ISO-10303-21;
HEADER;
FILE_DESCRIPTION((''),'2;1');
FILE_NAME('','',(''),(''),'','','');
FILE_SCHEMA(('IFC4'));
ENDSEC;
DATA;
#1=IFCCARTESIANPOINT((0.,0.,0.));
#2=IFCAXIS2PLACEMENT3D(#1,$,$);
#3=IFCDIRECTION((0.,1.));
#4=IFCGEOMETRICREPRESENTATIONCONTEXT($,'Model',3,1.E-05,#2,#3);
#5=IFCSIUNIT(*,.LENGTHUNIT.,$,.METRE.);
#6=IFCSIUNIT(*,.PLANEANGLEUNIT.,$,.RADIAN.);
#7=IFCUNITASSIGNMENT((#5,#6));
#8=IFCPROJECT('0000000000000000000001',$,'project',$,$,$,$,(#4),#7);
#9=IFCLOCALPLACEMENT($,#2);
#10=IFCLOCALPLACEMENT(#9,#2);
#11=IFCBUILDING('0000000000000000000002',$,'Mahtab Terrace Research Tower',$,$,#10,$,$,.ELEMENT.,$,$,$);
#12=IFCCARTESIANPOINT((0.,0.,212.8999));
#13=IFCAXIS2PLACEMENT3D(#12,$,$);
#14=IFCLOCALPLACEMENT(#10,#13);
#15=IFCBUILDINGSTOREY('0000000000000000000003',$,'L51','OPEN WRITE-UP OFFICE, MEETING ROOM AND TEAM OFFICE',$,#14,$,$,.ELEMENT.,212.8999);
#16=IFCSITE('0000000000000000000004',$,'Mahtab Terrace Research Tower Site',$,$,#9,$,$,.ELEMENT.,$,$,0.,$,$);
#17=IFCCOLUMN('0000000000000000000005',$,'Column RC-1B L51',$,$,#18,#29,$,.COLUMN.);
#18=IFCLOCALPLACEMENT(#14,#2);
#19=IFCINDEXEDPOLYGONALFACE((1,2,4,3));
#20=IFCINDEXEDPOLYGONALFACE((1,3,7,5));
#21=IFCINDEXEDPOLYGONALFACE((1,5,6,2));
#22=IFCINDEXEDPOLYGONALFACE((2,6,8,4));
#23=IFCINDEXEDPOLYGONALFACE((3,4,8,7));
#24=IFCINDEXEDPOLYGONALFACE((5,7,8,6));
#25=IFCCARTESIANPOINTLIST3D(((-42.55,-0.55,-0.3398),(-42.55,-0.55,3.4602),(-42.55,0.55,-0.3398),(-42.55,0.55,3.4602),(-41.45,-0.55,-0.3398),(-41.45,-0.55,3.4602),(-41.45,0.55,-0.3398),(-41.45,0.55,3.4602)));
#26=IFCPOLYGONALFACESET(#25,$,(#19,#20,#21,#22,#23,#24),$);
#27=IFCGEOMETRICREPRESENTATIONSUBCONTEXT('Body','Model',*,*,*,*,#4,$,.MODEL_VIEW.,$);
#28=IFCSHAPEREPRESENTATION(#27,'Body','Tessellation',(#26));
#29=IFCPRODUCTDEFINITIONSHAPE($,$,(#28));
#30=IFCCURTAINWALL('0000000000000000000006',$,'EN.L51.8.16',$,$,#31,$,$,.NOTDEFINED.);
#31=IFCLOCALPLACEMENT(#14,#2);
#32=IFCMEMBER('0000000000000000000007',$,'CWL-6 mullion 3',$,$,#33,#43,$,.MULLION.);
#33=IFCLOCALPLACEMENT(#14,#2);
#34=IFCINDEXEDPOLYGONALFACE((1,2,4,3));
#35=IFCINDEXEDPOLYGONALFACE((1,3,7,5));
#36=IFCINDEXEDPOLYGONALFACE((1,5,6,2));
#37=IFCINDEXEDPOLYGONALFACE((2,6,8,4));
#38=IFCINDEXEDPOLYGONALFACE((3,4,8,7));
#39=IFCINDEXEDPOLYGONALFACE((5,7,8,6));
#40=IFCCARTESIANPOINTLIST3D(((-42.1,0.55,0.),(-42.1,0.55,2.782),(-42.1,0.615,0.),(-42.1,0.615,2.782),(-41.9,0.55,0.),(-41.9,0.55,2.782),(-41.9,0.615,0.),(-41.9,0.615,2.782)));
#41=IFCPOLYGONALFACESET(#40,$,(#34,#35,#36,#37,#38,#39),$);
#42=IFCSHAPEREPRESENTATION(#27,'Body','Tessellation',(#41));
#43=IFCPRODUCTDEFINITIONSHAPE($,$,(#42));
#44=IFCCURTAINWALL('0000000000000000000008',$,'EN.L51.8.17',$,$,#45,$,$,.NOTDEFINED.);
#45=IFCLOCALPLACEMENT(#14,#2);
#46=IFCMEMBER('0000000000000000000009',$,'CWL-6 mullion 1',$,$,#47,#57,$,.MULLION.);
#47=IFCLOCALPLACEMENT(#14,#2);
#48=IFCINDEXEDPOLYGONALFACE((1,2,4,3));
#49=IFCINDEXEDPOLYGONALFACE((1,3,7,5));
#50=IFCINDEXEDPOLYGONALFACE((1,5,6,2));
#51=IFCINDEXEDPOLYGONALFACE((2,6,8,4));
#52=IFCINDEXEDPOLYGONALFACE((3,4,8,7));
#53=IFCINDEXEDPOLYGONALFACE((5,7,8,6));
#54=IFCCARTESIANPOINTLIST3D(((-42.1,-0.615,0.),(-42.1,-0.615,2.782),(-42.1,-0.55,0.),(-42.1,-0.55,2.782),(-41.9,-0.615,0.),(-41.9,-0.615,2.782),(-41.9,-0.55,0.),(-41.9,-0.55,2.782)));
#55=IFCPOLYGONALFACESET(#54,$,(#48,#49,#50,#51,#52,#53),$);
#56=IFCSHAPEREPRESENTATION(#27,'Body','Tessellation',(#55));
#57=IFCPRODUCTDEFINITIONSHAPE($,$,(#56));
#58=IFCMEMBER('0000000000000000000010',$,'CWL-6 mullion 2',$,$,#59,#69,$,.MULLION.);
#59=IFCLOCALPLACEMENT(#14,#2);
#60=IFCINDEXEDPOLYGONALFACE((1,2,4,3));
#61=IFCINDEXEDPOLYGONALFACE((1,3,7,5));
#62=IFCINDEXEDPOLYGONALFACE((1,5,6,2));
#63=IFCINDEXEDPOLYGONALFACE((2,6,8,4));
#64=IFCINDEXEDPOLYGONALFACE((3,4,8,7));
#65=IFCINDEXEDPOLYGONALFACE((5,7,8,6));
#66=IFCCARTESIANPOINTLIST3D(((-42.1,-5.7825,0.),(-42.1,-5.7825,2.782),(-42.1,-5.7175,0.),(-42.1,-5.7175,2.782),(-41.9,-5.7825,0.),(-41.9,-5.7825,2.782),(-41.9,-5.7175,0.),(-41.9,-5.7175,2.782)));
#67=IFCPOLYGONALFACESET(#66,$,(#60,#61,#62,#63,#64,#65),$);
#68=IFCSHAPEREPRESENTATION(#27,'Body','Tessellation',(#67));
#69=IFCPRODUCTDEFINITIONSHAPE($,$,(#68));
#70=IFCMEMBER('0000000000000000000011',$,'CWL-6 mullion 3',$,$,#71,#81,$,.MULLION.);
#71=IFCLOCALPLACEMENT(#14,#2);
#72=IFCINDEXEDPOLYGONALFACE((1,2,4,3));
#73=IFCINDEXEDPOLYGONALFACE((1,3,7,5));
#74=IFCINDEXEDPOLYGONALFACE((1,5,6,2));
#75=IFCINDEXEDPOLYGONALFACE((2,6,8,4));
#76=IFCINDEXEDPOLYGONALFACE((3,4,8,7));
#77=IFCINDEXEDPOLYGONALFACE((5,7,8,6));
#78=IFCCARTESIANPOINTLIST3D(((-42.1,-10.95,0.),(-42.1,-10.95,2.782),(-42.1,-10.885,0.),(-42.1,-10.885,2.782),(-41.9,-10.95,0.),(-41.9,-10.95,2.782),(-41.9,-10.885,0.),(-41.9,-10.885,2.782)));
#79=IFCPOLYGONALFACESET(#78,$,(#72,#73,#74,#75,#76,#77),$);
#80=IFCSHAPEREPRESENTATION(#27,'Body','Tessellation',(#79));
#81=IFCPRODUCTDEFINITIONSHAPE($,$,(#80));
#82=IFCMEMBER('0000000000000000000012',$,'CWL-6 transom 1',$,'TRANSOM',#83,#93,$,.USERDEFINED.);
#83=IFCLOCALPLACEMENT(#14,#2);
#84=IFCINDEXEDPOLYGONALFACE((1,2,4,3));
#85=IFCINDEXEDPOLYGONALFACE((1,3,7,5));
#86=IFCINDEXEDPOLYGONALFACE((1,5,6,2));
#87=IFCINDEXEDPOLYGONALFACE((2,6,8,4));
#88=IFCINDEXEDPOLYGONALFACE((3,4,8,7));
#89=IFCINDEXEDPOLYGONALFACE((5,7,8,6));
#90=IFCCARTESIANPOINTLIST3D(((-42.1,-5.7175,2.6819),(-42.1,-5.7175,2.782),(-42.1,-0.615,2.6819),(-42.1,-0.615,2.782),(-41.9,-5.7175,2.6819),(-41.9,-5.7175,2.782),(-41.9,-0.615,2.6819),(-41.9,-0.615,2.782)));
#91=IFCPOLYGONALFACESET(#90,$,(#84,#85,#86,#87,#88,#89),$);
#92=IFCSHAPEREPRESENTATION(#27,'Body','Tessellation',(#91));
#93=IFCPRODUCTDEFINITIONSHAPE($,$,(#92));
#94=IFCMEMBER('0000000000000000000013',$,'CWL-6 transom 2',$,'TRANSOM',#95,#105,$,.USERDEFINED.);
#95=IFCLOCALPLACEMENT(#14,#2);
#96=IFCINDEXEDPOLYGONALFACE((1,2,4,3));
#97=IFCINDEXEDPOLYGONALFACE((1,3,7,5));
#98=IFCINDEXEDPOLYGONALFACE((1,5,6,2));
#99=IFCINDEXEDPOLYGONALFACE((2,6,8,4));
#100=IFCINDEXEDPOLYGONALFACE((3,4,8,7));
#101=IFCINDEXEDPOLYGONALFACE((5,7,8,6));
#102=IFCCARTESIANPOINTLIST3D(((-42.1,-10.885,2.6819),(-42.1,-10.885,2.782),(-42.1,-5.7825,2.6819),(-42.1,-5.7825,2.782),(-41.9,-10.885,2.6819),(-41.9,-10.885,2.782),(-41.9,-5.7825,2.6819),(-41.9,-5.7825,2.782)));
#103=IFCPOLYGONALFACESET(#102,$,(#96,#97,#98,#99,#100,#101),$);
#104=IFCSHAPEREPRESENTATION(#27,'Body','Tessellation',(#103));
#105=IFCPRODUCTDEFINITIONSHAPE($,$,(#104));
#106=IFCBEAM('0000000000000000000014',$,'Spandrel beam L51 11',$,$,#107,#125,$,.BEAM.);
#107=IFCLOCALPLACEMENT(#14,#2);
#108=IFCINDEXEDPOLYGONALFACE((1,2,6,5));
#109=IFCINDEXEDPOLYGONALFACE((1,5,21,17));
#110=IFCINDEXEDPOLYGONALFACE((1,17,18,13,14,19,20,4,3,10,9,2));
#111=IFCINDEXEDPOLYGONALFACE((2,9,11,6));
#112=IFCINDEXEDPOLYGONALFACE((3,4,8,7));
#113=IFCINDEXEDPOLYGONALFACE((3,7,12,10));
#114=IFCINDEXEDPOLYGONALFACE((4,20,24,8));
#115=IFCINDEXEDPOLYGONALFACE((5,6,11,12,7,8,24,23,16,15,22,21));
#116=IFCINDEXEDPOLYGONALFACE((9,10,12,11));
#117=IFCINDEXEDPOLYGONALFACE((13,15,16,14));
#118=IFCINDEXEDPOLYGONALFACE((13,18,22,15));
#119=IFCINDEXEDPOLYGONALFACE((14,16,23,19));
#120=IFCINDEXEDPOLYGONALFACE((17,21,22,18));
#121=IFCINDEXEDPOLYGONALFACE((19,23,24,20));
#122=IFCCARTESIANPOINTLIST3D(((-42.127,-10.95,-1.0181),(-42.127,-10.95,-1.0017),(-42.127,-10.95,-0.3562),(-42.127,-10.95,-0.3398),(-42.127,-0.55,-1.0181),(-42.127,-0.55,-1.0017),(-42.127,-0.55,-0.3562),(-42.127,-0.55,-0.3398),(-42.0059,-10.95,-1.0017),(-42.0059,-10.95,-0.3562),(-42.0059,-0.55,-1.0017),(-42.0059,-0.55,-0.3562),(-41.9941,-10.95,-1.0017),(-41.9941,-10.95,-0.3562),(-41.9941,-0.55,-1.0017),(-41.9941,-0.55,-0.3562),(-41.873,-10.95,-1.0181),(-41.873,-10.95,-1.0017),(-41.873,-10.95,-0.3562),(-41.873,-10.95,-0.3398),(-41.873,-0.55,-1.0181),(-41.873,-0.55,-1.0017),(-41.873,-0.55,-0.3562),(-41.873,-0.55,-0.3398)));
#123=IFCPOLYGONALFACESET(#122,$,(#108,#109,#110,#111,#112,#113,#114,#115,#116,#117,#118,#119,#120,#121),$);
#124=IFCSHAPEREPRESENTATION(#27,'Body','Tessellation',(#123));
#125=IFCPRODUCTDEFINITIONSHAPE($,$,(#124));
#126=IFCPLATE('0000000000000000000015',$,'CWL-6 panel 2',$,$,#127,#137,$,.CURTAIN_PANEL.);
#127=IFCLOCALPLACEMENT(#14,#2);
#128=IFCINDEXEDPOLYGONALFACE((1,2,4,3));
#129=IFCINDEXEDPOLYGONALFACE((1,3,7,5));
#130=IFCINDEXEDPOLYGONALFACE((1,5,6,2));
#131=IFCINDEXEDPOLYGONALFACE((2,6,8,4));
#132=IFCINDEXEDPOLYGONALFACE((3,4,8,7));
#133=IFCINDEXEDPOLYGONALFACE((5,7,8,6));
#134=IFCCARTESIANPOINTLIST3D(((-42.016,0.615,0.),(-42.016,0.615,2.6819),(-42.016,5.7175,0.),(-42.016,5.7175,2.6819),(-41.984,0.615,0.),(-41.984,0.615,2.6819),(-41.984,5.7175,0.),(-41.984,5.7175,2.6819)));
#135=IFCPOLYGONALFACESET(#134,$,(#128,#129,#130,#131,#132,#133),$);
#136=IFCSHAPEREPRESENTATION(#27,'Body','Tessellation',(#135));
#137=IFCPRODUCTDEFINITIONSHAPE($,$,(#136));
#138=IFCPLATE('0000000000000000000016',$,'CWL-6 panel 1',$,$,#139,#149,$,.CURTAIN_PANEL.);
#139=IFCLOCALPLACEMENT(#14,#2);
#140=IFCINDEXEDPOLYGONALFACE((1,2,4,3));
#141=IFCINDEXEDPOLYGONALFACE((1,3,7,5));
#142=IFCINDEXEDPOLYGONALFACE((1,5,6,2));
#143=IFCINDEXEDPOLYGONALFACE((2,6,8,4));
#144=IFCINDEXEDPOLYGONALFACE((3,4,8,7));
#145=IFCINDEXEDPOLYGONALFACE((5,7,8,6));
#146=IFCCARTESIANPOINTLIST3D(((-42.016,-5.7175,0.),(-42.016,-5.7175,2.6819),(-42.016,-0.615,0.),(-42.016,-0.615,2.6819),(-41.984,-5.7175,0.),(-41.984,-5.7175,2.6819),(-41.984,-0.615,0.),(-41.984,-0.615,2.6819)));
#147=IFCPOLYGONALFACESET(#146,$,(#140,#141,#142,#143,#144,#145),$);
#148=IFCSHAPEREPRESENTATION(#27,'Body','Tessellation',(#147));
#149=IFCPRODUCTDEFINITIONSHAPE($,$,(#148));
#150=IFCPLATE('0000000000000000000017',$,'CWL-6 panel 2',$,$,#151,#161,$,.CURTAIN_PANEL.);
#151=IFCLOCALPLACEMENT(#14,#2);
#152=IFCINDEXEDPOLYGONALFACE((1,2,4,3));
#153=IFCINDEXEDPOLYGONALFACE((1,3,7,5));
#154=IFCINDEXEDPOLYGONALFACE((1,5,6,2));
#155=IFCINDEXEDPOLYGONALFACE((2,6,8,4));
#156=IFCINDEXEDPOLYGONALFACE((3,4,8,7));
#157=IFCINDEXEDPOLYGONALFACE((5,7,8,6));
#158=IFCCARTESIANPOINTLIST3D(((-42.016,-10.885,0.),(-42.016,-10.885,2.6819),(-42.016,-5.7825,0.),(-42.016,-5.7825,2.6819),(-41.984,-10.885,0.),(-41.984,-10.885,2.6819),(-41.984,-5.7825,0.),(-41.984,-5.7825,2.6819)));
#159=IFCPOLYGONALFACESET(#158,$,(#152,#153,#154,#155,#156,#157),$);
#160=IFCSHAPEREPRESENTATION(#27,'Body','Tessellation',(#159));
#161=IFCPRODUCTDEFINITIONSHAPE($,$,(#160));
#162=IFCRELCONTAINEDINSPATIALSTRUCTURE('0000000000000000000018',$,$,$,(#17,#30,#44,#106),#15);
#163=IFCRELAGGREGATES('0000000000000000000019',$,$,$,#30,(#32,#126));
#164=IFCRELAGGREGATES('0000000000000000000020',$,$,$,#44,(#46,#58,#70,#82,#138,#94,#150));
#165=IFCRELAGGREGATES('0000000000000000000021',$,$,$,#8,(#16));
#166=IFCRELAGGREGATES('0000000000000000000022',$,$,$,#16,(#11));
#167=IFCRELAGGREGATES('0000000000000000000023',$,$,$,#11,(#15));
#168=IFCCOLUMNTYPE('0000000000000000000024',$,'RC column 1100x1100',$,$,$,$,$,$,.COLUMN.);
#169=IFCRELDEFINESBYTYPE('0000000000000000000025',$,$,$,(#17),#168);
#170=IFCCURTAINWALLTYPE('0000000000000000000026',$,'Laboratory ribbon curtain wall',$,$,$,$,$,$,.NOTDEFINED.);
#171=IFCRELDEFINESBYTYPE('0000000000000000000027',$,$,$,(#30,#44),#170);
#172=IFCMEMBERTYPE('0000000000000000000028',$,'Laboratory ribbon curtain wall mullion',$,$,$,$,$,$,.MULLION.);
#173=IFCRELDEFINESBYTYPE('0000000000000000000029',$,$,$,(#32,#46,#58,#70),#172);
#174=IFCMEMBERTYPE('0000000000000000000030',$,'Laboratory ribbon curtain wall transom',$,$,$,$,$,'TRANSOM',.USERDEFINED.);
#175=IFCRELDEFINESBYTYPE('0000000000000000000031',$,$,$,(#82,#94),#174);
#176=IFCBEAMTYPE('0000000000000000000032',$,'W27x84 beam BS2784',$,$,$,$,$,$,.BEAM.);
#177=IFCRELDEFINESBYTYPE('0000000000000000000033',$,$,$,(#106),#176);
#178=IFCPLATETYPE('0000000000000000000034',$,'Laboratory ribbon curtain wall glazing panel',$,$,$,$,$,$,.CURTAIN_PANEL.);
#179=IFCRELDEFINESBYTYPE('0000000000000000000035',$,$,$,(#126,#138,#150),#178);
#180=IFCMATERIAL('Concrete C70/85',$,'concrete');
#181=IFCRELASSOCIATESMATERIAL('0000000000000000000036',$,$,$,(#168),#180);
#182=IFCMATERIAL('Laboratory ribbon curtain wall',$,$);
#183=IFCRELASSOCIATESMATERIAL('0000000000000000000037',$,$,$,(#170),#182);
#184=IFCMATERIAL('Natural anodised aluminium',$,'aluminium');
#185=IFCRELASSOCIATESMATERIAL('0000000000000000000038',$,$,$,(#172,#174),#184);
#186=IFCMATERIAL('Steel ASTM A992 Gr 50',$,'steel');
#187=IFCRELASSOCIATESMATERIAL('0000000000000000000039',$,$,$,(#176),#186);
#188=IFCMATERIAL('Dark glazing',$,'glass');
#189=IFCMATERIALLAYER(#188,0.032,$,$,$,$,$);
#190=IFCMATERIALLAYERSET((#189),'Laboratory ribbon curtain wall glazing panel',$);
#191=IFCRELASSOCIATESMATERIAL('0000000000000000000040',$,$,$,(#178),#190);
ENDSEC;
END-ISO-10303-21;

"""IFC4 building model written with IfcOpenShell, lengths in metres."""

from ifc_helpers import new_model, si_unit, direction, frame, origin, origin_2d, place, context, subcontext, project, spatial, rectangle, i_section, extrude, material, layer, layer_set, material_profile, profile_set, type_object, element, aggregate, save


model = new_model("IFC4")

# Units and contexts
model_context = context("Model", 3, precision=1e-05, world=origin(), true_north=direction((0.0, 1.0)))
body_context = subcontext(model_context, "Body", "Model", "MODEL_VIEW")
ifc_project = project(units=[si_unit("LENGTHUNIT", "METRE"), si_unit("PLANEANGLEUNIT", "RADIAN")], contexts=[model_context])

# Site, building, storey
site_placement = place(None, origin())
site = spatial("IfcSite", under=ifc_project, at=site_placement, Name="Mahtab Terrace Research Tower Site", CompositionType="ELEMENT", RefElevation=0.0)
building_placement = place(site_placement, origin())
building = spatial("IfcBuilding", under=site, at=building_placement, Name="Mahtab Terrace Research Tower", CompositionType="ELEMENT")
storey_placement = place(building_placement, frame((0.0, 0.0, 212.8999)))
storey = spatial("IfcBuildingStorey", under=building, at=storey_placement, Name="L51", Description="OPEN WRITE-UP OFFICE, MEETING ROOM AND TEAM OFFICE", CompositionType="ELEMENT", Elevation=212.8999)

# Column
ifc_material_1 = material(Name="Concrete C70/85", Category="concrete")
ifc_material_profile_1 = material_profile(ifc_material_1, rectangle(XDim=1.1001, YDim=1.1001, at=origin_2d()), Name="RC column 1100x1100")
ifc_profile_set_1 = profile_set([ifc_material_profile_1], Name="Concrete C70/85")
column_type = type_object("IfcColumnType", Name="RC column 1100x1100", PredefinedType="COLUMN", material=ifc_profile_set_1)
column_placement = place(storey_placement, frame((-42.0, 0.0, -0.3398), z_axis=(0.0, 0.0, 1.0), x_axis=(1.0, 0.0, 0.0)))
element("IfcColumn", 1, at=column_placement, inside=storey, type_object=column_type, Name="Column RC-1B L51", PredefinedType="COLUMN", context=body_context, shape_type="SweptSolid", body=[
    extrude(rectangle(XDim=1.1001, YDim=1.1001, at=origin_2d()), origin(), (0.0, 0.0, 1.0), 3.8),
])

# Curtain wall, member
ifc_material_2 = material(Name="Laboratory ribbon curtain wall")
curtain_wall_type = type_object("IfcCurtainWallType", Name="Laboratory ribbon curtain wall", PredefinedType="NOTDEFINED", material=ifc_material_2)
curtain_wall_1_placement = place(storey_placement, origin())
curtain_wall_1 = element("IfcCurtainWall", 2, at=curtain_wall_1_placement, inside=storey, type_object=curtain_wall_type, Name="EN.L51.8.16", PredefinedType="NOTDEFINED")
ifc_material_3 = material(Name="Natural anodised aluminium", Category="aluminium")
ifc_material_profile_2 = material_profile(ifc_material_3, rectangle(XDim=0.2, YDim=0.0649, at=origin_2d()), Name="MULLION 65x200")
ifc_profile_set_2 = profile_set([ifc_material_profile_2], Name="Natural anodised aluminium")
member_type_1 = type_object("IfcMemberType", Name="Laboratory ribbon curtain wall mullion", PredefinedType="MULLION", material=ifc_profile_set_2)
member_1_placement = place(storey_placement, frame((-42.0, 0.5825, 0.0), z_axis=(0.0, 0.0, 1.0), x_axis=(1.0, 0.0, 0.0)))
member_1 = element("IfcMember", 3, at=member_1_placement, type_object=member_type_1, Name="CWL-6 mullion 3", PredefinedType="MULLION", context=body_context, shape_type="SweptSolid", body=[
    extrude(rectangle(XDim=0.2, YDim=0.0649, at=origin_2d()), origin(), (0.0, 0.0, 1.0), 2.782),
])

# Curtain wall, members
curtain_wall_2_placement = place(storey_placement, origin())
curtain_wall_2 = element("IfcCurtainWall", 4, at=curtain_wall_2_placement, inside=storey, type_object=curtain_wall_type, Name="EN.L51.8.17", PredefinedType="NOTDEFINED")
member_2_placement = place(storey_placement, frame((-42.0, -0.5825, 0.0), z_axis=(0.0, 0.0, 1.0), x_axis=(1.0, 0.0, 0.0)))
member_2 = element("IfcMember", 5, at=member_2_placement, type_object=member_type_1, Name="CWL-6 mullion 1", PredefinedType="MULLION", context=body_context, shape_type="SweptSolid", body=[
    extrude(rectangle(XDim=0.2, YDim=0.0649, at=origin_2d()), origin(), (0.0, 0.0, 1.0), 2.782),
])
member_3_placement = place(storey_placement, frame((-42.0, -5.75, 0.0), z_axis=(0.0, 0.0, 1.0), x_axis=(1.0, 0.0, 0.0)))
member_3 = element("IfcMember", 6, at=member_3_placement, type_object=member_type_1, Name="CWL-6 mullion 2", PredefinedType="MULLION", context=body_context, shape_type="SweptSolid", body=[
    extrude(rectangle(XDim=0.2, YDim=0.0649, at=origin_2d()), origin(), (0.0, 0.0, 1.0), 2.782),
])
member_4_placement = place(storey_placement, frame((-42.0, -10.9175, 0.0), z_axis=(0.0, 0.0, 1.0), x_axis=(1.0, 0.0, 0.0)))
member_4 = element("IfcMember", 7, at=member_4_placement, type_object=member_type_1, Name="CWL-6 mullion 3", PredefinedType="MULLION", context=body_context, shape_type="SweptSolid", body=[
    extrude(rectangle(XDim=0.2, YDim=0.0649, at=origin_2d()), origin(), (0.0, 0.0, 1.0), 2.782),
])
ifc_material_profile_3 = material_profile(ifc_material_3, rectangle(XDim=0.2, YDim=0.1001, at=origin_2d()), Name="TRANSOM 100x200")
ifc_profile_set_3 = profile_set([ifc_material_profile_3], Name="Natural anodised aluminium")
member_type_2 = type_object("IfcMemberType", Name="Laboratory ribbon curtain wall transom", ElementType="TRANSOM", PredefinedType="USERDEFINED", material=ifc_profile_set_3)
member_5_placement = place(storey_placement, frame((-42.0, -0.615, 2.7319), z_axis=(0.0, -1.0, 0.0), x_axis=(1.0, 0.0, 0.0)))
member_5 = element("IfcMember", 8, at=member_5_placement, type_object=member_type_2, Name="CWL-6 transom 1", ObjectType="TRANSOM", PredefinedType="USERDEFINED", context=body_context, shape_type="SweptSolid", body=[
    extrude(rectangle(XDim=0.2, YDim=0.1001, at=origin_2d()), origin(), (0.0, 0.0, 1.0), 5.1025),
])
member_6_placement = place(storey_placement, frame((-42.0, -5.7825, 2.7319), z_axis=(0.0, -1.0, 0.0), x_axis=(1.0, 0.0, 0.0)))
member_6 = element("IfcMember", 9, at=member_6_placement, type_object=member_type_2, Name="CWL-6 transom 2", ObjectType="TRANSOM", PredefinedType="USERDEFINED", context=body_context, shape_type="SweptSolid", body=[
    extrude(rectangle(XDim=0.2, YDim=0.1001, at=origin_2d()), origin(), (0.0, 0.0, 1.0), 5.1025),
])

# Beam
ifc_material_4 = material(Name="Steel ASTM A992 Gr 50", Category="steel")
ifc_material_profile_4 = material_profile(ifc_material_4, i_section(OverallWidth=0.2539, OverallDepth=0.6782, WebThickness=0.0117, FlangeThickness=0.0164, at=origin_2d()), Name="W27X84")
ifc_profile_set_4 = profile_set([ifc_material_profile_4], Name="Steel ASTM A992 Gr 50")
beam_type = type_object("IfcBeamType", Name="W27x84 beam BS2784", PredefinedType="BEAM", material=ifc_profile_set_4)
beam_placement = place(storey_placement, frame((-42.0, -0.55, -0.679), z_axis=(0.0, -1.0, 0.0), x_axis=(1.0, 0.0, 0.0)))
element("IfcBeam", 10, at=beam_placement, inside=storey, type_object=beam_type, Name="Spandrel beam L51 11", PredefinedType="BEAM", context=body_context, shape_type="SweptSolid", body=[
    extrude(i_section(OverallWidth=0.2539, OverallDepth=0.6782, WebThickness=0.0117, FlangeThickness=0.0164, at=origin_2d()), origin(), (0.0, 0.0, 1.0), 10.3999),
])

# Plates
ifc_material_5 = material(Name="Dark glazing", Category="glass")
ifc_layer_1 = layer(ifc_material_5, 0.032)
ifc_layer_set_1 = layer_set([ifc_layer_1], Name="Laboratory ribbon curtain wall glazing panel")
plate_type = type_object("IfcPlateType", Name="Laboratory ribbon curtain wall glazing panel", PredefinedType="CURTAIN_PANEL", material=ifc_layer_set_1)
plate_1_placement = place(storey_placement, frame((-42.0, 3.1663, 0.0), z_axis=(0.0, 0.0, 1.0), x_axis=(0.0, -1.0, 0.0)))
plate_1 = element("IfcPlate", 11, at=plate_1_placement, type_object=plate_type, Name="CWL-6 panel 2", PredefinedType="CURTAIN_PANEL", context=body_context, shape_type="SweptSolid", body=[
    extrude(rectangle(XDim=5.1025, YDim=0.032, at=origin_2d()), origin(), (0.0, 0.0, 1.0), 2.6819),
])
aggregate(curtain_wall_1, [member_1, plate_1])
plate_2_placement = place(storey_placement, frame((-42.0, -3.1663, 0.0), z_axis=(0.0, 0.0, 1.0), x_axis=(0.0, -1.0, 0.0)))
plate_2 = element("IfcPlate", 12, at=plate_2_placement, type_object=plate_type, Name="CWL-6 panel 1", PredefinedType="CURTAIN_PANEL", context=body_context, shape_type="SweptSolid", body=[
    extrude(rectangle(XDim=5.1025, YDim=0.032, at=origin_2d()), origin(), (0.0, 0.0, 1.0), 2.6819),
])
plate_3_placement = place(storey_placement, frame((-42.0, -8.3337, 0.0), z_axis=(0.0, 0.0, 1.0), x_axis=(0.0, -1.0, 0.0)))
plate_3 = element("IfcPlate", 13, at=plate_3_placement, type_object=plate_type, Name="CWL-6 panel 2", PredefinedType="CURTAIN_PANEL", context=body_context, shape_type="SweptSolid", body=[
    extrude(rectangle(XDim=5.1025, YDim=0.032, at=origin_2d()), origin(), (0.0, 0.0, 1.0), 2.6819),
])
aggregate(curtain_wall_2, [member_2, member_3, member_4, member_5, plate_2, member_6, plate_3])

save(model, "model.ifc")
